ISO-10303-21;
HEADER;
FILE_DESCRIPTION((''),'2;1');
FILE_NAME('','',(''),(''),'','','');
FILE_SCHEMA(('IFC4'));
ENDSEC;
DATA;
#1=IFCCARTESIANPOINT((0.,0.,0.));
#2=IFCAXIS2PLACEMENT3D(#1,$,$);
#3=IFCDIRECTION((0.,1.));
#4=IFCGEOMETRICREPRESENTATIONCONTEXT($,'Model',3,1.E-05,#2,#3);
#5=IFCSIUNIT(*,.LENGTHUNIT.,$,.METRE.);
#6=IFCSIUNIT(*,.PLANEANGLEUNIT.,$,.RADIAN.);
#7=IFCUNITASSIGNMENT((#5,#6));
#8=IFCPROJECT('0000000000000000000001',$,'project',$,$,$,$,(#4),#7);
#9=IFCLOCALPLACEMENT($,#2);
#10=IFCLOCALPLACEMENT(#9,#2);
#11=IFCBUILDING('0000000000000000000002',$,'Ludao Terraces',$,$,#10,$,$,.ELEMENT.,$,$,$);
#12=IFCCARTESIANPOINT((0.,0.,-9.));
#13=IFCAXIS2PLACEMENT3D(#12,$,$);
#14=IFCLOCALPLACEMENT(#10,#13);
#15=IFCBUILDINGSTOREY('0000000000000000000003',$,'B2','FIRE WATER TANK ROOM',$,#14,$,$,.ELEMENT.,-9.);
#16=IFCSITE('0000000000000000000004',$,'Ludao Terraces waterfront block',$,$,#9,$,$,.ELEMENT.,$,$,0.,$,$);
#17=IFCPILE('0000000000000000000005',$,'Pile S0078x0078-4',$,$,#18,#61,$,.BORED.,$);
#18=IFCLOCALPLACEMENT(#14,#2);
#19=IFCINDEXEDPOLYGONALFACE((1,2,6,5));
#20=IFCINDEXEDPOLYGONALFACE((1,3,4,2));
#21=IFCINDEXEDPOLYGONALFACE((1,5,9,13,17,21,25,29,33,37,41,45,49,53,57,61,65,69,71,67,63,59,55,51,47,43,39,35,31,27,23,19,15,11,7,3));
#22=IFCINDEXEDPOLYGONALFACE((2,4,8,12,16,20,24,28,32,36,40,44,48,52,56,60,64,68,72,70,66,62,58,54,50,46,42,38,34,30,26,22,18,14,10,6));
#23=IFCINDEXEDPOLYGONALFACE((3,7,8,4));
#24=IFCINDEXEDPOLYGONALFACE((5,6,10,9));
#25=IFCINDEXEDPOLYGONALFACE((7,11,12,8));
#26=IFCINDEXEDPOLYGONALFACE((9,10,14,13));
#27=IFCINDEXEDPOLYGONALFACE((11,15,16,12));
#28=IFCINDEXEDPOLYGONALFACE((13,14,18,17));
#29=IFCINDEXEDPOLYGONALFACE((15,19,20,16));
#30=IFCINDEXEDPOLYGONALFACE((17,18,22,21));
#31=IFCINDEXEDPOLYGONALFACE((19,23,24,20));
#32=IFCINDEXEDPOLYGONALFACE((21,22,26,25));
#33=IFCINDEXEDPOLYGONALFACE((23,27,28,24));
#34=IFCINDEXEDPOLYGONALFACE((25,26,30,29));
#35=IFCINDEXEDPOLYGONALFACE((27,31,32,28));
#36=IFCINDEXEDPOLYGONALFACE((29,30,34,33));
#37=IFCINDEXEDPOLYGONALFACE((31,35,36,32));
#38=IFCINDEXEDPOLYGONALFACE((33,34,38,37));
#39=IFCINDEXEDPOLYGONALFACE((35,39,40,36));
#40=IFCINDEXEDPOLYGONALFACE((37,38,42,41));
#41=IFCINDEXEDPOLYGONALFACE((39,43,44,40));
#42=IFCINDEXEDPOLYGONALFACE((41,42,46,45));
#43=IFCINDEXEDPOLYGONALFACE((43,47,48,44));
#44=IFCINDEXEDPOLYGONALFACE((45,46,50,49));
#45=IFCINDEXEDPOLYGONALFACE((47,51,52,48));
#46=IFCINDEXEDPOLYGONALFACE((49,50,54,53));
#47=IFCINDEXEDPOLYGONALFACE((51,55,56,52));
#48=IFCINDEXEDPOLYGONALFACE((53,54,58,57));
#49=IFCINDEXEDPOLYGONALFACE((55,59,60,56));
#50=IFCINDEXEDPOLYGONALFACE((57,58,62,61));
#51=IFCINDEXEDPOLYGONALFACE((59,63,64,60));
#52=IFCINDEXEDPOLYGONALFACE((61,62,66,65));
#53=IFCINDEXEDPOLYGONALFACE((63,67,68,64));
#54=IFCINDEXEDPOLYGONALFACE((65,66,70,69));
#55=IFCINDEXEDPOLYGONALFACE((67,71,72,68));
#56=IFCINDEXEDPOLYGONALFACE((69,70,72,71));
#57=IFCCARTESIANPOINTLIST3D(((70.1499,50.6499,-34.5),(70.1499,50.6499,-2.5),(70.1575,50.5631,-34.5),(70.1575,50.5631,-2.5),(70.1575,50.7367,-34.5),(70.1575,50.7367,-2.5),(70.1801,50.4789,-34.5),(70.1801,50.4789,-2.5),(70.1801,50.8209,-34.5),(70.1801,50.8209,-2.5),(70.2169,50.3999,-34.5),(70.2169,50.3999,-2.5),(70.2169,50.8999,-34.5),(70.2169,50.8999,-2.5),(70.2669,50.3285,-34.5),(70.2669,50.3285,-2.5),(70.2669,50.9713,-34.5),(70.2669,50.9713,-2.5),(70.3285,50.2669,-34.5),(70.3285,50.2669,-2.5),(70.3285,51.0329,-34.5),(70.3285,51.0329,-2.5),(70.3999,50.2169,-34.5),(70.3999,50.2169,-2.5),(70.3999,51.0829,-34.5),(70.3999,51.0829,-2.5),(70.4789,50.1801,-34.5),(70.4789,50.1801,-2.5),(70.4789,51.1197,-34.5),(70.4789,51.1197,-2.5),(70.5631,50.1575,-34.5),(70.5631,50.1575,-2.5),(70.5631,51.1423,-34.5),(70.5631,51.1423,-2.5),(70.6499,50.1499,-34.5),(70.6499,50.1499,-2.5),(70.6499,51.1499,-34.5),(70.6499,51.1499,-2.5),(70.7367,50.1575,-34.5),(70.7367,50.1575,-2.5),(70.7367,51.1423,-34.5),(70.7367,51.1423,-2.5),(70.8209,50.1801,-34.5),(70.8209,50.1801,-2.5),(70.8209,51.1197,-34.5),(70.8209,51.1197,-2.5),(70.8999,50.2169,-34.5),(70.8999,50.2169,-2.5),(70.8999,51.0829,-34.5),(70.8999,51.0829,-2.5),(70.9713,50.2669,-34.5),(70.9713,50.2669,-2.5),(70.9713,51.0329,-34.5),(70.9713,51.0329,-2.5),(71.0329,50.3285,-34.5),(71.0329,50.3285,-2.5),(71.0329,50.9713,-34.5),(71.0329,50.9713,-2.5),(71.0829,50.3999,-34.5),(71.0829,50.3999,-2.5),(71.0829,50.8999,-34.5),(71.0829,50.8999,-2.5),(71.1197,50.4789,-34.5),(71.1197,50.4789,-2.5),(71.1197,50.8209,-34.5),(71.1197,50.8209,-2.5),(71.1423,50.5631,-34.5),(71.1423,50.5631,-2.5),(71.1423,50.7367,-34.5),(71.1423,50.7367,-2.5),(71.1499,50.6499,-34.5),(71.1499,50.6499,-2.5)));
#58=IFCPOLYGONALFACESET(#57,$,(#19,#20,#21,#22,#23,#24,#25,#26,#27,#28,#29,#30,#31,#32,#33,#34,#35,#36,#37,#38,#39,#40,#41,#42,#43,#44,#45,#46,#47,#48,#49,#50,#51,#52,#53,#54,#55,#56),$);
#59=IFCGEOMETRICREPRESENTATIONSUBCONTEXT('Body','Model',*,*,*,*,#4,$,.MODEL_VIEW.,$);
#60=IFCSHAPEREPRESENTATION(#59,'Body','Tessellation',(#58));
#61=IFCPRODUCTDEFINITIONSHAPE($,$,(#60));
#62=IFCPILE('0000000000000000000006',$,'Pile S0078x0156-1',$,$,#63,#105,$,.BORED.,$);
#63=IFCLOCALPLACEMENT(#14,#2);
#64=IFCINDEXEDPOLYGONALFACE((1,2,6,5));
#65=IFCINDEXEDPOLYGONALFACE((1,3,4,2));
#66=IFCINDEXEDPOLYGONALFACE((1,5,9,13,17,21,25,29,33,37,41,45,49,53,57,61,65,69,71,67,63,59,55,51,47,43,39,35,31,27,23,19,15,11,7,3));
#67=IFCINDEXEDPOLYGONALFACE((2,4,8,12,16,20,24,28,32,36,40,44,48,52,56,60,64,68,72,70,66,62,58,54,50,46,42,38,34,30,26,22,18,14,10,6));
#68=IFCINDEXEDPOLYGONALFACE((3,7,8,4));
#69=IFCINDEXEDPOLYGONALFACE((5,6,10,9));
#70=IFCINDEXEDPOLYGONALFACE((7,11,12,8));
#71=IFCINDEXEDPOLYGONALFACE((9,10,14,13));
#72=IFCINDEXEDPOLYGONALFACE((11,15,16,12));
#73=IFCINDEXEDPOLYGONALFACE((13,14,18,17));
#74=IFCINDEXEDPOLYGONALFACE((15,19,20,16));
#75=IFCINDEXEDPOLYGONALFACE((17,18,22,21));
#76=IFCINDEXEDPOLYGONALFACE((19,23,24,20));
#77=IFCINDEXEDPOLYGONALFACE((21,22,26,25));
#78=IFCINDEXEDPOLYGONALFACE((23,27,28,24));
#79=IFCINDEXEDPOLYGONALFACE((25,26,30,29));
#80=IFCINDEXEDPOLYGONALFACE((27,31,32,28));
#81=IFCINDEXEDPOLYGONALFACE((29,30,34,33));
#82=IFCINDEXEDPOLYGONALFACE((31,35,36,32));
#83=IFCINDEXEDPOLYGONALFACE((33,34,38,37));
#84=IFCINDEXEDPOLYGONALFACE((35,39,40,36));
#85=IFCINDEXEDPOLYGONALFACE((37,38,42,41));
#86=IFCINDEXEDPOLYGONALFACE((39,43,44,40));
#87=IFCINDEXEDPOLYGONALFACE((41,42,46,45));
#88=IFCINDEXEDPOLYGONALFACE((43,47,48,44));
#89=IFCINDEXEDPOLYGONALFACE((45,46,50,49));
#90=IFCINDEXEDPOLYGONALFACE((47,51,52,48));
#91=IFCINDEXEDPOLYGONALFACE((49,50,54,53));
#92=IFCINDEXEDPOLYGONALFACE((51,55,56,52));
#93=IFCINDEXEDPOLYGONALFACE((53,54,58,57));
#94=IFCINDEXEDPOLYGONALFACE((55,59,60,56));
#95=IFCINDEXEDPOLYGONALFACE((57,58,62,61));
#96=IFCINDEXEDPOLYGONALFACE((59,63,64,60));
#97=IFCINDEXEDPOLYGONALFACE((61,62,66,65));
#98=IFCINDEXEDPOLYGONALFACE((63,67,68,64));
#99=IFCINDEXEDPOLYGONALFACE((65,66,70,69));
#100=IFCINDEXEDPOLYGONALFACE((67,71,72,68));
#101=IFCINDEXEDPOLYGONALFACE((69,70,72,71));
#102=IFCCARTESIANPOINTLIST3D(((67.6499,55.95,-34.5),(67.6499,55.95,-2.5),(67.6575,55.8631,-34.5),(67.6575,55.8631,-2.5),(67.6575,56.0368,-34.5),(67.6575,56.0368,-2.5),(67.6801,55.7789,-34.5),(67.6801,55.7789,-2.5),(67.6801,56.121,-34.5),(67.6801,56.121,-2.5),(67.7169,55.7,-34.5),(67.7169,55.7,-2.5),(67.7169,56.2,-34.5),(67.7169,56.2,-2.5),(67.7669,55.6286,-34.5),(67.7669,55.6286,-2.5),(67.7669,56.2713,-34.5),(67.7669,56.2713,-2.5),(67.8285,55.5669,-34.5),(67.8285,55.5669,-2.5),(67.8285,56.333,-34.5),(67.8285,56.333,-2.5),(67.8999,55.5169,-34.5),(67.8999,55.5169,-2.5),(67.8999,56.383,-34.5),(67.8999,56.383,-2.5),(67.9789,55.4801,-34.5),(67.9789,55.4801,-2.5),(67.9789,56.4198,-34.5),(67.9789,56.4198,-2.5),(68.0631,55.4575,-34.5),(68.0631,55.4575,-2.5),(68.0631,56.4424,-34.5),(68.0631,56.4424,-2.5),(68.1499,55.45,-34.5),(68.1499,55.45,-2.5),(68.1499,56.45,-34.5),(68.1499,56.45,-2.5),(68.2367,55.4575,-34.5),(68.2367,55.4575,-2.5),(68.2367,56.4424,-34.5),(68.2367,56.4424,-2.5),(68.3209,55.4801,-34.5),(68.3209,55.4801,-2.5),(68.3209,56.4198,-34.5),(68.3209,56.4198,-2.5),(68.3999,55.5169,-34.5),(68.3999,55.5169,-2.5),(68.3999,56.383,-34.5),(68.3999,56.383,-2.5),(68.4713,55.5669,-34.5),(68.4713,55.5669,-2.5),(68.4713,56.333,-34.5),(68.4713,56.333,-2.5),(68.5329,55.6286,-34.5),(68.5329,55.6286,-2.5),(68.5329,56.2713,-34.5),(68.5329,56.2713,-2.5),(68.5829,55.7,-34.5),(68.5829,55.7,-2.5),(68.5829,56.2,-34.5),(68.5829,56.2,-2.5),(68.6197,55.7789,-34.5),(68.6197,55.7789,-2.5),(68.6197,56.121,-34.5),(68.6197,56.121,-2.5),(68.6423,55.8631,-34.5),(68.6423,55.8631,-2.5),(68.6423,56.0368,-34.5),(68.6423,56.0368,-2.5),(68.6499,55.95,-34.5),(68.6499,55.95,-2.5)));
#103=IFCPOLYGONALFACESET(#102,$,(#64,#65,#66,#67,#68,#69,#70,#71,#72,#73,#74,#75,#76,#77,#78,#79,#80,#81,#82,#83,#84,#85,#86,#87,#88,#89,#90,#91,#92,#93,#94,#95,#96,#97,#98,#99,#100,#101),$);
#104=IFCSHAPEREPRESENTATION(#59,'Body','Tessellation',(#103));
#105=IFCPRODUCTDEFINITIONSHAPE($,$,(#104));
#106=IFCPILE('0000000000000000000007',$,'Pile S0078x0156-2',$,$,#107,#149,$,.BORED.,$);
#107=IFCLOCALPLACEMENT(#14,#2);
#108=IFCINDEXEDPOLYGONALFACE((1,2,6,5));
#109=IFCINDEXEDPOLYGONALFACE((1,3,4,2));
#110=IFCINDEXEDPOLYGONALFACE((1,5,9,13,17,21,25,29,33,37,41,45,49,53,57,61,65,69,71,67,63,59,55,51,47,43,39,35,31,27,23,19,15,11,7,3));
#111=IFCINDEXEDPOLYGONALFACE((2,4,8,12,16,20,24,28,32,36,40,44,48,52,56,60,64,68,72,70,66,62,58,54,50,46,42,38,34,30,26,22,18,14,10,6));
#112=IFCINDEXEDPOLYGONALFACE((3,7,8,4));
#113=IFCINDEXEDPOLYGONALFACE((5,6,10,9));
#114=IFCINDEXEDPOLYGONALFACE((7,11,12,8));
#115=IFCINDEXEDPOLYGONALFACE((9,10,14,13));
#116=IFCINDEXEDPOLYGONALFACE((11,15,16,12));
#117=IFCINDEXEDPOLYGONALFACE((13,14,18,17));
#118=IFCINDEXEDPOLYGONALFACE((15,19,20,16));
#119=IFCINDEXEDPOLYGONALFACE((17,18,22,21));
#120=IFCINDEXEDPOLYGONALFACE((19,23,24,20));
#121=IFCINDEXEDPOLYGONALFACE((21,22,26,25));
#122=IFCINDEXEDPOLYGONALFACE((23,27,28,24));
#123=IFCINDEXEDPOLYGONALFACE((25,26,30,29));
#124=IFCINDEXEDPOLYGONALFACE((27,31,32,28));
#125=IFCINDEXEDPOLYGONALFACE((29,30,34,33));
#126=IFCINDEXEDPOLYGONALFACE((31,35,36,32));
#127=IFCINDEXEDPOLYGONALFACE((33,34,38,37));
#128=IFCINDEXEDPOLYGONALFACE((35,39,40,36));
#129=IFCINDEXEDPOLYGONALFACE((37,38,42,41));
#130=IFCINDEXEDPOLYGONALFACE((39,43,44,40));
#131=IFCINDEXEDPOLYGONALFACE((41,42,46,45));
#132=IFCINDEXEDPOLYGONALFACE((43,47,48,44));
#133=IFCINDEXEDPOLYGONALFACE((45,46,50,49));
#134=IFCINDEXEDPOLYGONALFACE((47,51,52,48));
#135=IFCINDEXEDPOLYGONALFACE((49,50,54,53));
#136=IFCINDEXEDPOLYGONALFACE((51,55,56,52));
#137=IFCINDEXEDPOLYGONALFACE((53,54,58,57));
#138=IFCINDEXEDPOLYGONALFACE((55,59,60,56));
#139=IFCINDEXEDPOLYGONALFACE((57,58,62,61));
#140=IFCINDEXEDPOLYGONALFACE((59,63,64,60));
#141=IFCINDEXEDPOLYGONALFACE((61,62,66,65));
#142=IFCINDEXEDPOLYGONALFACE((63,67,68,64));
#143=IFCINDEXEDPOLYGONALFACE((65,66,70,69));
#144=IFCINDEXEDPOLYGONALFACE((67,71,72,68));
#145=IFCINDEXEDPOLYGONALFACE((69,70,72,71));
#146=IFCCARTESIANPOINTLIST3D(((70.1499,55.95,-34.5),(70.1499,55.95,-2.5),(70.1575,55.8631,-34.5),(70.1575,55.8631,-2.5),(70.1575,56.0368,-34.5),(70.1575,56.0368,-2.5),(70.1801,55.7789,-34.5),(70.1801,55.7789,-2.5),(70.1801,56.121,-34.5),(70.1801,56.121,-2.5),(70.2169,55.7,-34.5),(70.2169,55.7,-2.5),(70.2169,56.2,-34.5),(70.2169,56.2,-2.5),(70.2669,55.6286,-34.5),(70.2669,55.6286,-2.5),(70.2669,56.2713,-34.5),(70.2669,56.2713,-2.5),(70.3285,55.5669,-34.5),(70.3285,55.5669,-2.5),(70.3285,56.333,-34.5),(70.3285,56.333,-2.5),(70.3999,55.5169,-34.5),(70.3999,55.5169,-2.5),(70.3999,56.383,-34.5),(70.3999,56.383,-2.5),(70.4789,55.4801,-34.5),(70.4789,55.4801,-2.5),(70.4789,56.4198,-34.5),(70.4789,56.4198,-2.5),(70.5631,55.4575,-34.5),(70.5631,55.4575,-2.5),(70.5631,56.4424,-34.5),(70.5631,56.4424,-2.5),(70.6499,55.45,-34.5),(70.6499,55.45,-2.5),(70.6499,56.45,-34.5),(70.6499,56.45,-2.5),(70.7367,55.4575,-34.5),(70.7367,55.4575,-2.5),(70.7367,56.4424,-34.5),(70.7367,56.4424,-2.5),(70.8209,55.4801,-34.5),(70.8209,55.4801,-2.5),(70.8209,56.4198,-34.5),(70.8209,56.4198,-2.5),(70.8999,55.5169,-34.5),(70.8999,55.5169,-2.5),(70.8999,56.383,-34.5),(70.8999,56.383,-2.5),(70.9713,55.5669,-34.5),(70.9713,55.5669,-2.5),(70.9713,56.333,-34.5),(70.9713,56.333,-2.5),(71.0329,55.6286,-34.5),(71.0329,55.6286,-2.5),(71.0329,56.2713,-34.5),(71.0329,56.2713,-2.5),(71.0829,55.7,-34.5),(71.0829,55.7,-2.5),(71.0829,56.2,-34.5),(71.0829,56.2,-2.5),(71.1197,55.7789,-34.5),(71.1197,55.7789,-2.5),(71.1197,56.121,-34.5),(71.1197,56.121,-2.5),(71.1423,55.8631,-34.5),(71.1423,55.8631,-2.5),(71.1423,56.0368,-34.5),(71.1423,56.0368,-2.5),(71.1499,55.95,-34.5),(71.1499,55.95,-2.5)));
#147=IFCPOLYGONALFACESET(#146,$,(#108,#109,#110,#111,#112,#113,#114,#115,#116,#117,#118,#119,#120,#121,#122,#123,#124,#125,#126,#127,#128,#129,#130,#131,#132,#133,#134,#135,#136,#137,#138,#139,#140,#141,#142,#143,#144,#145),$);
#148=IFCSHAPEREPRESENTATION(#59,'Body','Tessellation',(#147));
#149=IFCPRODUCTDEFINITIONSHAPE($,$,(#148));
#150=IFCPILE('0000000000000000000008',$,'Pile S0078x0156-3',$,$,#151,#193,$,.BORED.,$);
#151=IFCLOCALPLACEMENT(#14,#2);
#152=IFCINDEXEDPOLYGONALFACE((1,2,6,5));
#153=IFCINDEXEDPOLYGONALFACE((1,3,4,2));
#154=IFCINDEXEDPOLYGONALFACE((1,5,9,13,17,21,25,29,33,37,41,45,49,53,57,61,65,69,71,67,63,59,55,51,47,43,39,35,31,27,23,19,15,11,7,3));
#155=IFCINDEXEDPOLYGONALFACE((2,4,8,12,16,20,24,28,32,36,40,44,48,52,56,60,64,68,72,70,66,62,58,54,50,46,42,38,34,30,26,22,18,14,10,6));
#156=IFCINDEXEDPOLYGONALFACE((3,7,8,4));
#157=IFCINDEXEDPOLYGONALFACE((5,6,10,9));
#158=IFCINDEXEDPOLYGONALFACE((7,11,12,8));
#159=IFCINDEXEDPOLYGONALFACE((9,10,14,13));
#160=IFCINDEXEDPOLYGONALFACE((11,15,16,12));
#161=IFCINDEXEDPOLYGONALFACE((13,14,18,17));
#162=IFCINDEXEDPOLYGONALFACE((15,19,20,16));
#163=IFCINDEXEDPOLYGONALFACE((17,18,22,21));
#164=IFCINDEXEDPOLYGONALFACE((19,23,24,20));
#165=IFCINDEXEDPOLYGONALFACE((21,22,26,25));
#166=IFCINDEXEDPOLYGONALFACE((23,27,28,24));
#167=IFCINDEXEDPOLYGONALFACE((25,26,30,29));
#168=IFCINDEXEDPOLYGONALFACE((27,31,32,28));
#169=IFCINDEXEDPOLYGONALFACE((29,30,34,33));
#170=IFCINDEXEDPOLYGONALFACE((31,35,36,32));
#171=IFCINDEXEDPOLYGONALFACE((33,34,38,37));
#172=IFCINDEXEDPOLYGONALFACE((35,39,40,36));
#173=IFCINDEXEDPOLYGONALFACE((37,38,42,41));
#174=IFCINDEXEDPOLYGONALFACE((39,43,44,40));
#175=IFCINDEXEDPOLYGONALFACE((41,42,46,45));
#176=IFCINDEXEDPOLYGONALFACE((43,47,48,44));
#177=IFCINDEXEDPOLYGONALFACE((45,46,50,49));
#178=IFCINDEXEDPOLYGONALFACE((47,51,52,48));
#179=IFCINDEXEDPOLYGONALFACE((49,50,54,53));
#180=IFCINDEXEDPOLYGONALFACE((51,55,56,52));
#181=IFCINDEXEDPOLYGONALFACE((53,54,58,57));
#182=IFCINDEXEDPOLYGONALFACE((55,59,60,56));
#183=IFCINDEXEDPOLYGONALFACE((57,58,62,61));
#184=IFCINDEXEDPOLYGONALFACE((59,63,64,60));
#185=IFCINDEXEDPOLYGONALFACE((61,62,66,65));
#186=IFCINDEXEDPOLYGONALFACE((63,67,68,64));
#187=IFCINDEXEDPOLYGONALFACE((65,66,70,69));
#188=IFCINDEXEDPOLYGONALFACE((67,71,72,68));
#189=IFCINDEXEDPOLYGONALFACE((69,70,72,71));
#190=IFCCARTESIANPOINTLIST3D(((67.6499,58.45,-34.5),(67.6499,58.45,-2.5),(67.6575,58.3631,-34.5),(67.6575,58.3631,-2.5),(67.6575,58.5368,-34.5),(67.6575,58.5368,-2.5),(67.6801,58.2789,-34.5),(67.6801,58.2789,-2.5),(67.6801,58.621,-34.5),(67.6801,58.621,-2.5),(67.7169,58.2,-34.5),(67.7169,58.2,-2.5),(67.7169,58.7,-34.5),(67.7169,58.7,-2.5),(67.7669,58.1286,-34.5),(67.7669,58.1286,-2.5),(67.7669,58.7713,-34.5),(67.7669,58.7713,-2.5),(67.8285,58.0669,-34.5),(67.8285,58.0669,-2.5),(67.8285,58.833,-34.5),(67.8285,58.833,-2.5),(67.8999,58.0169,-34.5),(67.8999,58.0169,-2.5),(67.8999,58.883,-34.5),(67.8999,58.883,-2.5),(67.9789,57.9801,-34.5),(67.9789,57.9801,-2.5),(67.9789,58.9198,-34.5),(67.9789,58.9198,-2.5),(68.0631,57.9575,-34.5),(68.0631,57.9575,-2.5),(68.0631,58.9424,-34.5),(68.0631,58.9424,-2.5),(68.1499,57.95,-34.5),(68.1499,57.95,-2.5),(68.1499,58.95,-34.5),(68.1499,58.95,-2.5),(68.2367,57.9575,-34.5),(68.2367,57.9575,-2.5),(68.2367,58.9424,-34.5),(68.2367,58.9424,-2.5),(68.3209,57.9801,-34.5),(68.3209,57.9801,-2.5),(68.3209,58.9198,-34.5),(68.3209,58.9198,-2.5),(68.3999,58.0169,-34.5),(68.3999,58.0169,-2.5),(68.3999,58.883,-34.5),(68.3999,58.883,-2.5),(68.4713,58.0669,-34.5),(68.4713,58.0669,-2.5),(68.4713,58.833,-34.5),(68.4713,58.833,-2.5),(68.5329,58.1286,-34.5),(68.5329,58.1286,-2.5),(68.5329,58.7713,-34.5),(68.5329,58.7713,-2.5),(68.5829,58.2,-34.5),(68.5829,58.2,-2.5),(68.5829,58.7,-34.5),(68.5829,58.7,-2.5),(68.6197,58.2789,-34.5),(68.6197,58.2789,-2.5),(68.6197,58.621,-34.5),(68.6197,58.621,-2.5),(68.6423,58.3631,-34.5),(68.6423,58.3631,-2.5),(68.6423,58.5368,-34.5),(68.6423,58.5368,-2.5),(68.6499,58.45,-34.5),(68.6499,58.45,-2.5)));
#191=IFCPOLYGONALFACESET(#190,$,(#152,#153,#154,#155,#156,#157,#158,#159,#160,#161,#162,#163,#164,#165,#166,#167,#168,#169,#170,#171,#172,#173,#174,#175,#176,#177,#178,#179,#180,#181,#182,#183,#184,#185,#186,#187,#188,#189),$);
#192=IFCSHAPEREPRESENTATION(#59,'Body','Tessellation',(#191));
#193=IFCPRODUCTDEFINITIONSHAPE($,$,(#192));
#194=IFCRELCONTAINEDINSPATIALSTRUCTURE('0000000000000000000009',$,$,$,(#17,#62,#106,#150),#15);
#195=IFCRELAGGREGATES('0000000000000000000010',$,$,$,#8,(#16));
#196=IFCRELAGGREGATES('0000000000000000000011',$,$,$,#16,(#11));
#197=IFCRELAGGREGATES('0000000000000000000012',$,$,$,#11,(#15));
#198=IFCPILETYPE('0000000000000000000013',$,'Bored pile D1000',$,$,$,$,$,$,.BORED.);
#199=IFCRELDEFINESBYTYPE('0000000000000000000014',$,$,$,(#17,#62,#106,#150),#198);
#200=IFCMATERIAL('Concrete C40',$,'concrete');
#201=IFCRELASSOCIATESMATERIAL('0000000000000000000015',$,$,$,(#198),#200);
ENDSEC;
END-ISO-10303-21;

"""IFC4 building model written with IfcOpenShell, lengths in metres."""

from ifc_helpers import new_model, si_unit, direction, frame, origin, origin_2d, place, context, subcontext, project, spatial, circle, extrude, material, material_profile, profile_set, type_object, element, save


model = new_model("IFC4")

# Units and contexts
model_context = context("Model", 3, precision=1e-05, world=origin(), true_north=direction((0.0, 1.0)))
body_context = subcontext(model_context, "Body", "Model", "MODEL_VIEW")
ifc_project = project(units=[si_unit("LENGTHUNIT", "METRE"), si_unit("PLANEANGLEUNIT", "RADIAN")], contexts=[model_context])

# Site, building, storey
site_placement = place(None, origin())
site = spatial("IfcSite", under=ifc_project, at=site_placement, Name="Ludao Terraces waterfront block", CompositionType="ELEMENT", RefElevation=0.0)
building_placement = place(site_placement, origin())
building = spatial("IfcBuilding", under=site, at=building_placement, Name="Ludao Terraces", CompositionType="ELEMENT")
storey_placement = place(building_placement, frame((0.0, 0.0, -9.0)))
storey = spatial("IfcBuildingStorey", under=building, at=storey_placement, Name="B2", Description="FIRE WATER TANK ROOM", CompositionType="ELEMENT", Elevation=-9.0)

# Piles
ifc_material_1 = material(Name="Concrete C40", Category="concrete")
ifc_material_profile_1 = material_profile(ifc_material_1, circle(Radius=0.5, at=origin_2d()), Name="D1000 BORED PILE")
ifc_profile_set_1 = profile_set([ifc_material_profile_1], Name="Concrete C40")
pile_type = type_object("IfcPileType", Name="Bored pile D1000", PredefinedType="BORED", material=ifc_profile_set_1)
for number, where, z_axis, x_axis, name in (
    (1, (70.6499, 50.6499, -2.5), (0.0, 0.0, -1.0), (1.0, 0.0, 0.0), "Pile S0078x0078-4"),
    (2, (68.1499, 55.95, -2.5), (0.0, 0.0, -1.0), (1.0, 0.0, 0.0), "Pile S0078x0156-1"),
    (3, (70.6499, 55.95, -2.5), (0.0, 0.0, -1.0), (1.0, 0.0, 0.0), "Pile S0078x0156-2"),
    (4, (68.1499, 58.45, -2.5), (0.0, 0.0, -1.0), (1.0, 0.0, 0.0), "Pile S0078x0156-3"),
):
    element("IfcPile", number, at=place(storey_placement, frame(where, z_axis=z_axis, x_axis=x_axis)), inside=storey, type_object=pile_type, Name=name, PredefinedType="BORED", context=body_context, shape_type="SweptSolid", body=[
        extrude(circle(Radius=0.5, at=origin_2d()), origin(), (0.0, 0.0, 1.0), 32.0),
    ])

save(model, "model.ifc")
